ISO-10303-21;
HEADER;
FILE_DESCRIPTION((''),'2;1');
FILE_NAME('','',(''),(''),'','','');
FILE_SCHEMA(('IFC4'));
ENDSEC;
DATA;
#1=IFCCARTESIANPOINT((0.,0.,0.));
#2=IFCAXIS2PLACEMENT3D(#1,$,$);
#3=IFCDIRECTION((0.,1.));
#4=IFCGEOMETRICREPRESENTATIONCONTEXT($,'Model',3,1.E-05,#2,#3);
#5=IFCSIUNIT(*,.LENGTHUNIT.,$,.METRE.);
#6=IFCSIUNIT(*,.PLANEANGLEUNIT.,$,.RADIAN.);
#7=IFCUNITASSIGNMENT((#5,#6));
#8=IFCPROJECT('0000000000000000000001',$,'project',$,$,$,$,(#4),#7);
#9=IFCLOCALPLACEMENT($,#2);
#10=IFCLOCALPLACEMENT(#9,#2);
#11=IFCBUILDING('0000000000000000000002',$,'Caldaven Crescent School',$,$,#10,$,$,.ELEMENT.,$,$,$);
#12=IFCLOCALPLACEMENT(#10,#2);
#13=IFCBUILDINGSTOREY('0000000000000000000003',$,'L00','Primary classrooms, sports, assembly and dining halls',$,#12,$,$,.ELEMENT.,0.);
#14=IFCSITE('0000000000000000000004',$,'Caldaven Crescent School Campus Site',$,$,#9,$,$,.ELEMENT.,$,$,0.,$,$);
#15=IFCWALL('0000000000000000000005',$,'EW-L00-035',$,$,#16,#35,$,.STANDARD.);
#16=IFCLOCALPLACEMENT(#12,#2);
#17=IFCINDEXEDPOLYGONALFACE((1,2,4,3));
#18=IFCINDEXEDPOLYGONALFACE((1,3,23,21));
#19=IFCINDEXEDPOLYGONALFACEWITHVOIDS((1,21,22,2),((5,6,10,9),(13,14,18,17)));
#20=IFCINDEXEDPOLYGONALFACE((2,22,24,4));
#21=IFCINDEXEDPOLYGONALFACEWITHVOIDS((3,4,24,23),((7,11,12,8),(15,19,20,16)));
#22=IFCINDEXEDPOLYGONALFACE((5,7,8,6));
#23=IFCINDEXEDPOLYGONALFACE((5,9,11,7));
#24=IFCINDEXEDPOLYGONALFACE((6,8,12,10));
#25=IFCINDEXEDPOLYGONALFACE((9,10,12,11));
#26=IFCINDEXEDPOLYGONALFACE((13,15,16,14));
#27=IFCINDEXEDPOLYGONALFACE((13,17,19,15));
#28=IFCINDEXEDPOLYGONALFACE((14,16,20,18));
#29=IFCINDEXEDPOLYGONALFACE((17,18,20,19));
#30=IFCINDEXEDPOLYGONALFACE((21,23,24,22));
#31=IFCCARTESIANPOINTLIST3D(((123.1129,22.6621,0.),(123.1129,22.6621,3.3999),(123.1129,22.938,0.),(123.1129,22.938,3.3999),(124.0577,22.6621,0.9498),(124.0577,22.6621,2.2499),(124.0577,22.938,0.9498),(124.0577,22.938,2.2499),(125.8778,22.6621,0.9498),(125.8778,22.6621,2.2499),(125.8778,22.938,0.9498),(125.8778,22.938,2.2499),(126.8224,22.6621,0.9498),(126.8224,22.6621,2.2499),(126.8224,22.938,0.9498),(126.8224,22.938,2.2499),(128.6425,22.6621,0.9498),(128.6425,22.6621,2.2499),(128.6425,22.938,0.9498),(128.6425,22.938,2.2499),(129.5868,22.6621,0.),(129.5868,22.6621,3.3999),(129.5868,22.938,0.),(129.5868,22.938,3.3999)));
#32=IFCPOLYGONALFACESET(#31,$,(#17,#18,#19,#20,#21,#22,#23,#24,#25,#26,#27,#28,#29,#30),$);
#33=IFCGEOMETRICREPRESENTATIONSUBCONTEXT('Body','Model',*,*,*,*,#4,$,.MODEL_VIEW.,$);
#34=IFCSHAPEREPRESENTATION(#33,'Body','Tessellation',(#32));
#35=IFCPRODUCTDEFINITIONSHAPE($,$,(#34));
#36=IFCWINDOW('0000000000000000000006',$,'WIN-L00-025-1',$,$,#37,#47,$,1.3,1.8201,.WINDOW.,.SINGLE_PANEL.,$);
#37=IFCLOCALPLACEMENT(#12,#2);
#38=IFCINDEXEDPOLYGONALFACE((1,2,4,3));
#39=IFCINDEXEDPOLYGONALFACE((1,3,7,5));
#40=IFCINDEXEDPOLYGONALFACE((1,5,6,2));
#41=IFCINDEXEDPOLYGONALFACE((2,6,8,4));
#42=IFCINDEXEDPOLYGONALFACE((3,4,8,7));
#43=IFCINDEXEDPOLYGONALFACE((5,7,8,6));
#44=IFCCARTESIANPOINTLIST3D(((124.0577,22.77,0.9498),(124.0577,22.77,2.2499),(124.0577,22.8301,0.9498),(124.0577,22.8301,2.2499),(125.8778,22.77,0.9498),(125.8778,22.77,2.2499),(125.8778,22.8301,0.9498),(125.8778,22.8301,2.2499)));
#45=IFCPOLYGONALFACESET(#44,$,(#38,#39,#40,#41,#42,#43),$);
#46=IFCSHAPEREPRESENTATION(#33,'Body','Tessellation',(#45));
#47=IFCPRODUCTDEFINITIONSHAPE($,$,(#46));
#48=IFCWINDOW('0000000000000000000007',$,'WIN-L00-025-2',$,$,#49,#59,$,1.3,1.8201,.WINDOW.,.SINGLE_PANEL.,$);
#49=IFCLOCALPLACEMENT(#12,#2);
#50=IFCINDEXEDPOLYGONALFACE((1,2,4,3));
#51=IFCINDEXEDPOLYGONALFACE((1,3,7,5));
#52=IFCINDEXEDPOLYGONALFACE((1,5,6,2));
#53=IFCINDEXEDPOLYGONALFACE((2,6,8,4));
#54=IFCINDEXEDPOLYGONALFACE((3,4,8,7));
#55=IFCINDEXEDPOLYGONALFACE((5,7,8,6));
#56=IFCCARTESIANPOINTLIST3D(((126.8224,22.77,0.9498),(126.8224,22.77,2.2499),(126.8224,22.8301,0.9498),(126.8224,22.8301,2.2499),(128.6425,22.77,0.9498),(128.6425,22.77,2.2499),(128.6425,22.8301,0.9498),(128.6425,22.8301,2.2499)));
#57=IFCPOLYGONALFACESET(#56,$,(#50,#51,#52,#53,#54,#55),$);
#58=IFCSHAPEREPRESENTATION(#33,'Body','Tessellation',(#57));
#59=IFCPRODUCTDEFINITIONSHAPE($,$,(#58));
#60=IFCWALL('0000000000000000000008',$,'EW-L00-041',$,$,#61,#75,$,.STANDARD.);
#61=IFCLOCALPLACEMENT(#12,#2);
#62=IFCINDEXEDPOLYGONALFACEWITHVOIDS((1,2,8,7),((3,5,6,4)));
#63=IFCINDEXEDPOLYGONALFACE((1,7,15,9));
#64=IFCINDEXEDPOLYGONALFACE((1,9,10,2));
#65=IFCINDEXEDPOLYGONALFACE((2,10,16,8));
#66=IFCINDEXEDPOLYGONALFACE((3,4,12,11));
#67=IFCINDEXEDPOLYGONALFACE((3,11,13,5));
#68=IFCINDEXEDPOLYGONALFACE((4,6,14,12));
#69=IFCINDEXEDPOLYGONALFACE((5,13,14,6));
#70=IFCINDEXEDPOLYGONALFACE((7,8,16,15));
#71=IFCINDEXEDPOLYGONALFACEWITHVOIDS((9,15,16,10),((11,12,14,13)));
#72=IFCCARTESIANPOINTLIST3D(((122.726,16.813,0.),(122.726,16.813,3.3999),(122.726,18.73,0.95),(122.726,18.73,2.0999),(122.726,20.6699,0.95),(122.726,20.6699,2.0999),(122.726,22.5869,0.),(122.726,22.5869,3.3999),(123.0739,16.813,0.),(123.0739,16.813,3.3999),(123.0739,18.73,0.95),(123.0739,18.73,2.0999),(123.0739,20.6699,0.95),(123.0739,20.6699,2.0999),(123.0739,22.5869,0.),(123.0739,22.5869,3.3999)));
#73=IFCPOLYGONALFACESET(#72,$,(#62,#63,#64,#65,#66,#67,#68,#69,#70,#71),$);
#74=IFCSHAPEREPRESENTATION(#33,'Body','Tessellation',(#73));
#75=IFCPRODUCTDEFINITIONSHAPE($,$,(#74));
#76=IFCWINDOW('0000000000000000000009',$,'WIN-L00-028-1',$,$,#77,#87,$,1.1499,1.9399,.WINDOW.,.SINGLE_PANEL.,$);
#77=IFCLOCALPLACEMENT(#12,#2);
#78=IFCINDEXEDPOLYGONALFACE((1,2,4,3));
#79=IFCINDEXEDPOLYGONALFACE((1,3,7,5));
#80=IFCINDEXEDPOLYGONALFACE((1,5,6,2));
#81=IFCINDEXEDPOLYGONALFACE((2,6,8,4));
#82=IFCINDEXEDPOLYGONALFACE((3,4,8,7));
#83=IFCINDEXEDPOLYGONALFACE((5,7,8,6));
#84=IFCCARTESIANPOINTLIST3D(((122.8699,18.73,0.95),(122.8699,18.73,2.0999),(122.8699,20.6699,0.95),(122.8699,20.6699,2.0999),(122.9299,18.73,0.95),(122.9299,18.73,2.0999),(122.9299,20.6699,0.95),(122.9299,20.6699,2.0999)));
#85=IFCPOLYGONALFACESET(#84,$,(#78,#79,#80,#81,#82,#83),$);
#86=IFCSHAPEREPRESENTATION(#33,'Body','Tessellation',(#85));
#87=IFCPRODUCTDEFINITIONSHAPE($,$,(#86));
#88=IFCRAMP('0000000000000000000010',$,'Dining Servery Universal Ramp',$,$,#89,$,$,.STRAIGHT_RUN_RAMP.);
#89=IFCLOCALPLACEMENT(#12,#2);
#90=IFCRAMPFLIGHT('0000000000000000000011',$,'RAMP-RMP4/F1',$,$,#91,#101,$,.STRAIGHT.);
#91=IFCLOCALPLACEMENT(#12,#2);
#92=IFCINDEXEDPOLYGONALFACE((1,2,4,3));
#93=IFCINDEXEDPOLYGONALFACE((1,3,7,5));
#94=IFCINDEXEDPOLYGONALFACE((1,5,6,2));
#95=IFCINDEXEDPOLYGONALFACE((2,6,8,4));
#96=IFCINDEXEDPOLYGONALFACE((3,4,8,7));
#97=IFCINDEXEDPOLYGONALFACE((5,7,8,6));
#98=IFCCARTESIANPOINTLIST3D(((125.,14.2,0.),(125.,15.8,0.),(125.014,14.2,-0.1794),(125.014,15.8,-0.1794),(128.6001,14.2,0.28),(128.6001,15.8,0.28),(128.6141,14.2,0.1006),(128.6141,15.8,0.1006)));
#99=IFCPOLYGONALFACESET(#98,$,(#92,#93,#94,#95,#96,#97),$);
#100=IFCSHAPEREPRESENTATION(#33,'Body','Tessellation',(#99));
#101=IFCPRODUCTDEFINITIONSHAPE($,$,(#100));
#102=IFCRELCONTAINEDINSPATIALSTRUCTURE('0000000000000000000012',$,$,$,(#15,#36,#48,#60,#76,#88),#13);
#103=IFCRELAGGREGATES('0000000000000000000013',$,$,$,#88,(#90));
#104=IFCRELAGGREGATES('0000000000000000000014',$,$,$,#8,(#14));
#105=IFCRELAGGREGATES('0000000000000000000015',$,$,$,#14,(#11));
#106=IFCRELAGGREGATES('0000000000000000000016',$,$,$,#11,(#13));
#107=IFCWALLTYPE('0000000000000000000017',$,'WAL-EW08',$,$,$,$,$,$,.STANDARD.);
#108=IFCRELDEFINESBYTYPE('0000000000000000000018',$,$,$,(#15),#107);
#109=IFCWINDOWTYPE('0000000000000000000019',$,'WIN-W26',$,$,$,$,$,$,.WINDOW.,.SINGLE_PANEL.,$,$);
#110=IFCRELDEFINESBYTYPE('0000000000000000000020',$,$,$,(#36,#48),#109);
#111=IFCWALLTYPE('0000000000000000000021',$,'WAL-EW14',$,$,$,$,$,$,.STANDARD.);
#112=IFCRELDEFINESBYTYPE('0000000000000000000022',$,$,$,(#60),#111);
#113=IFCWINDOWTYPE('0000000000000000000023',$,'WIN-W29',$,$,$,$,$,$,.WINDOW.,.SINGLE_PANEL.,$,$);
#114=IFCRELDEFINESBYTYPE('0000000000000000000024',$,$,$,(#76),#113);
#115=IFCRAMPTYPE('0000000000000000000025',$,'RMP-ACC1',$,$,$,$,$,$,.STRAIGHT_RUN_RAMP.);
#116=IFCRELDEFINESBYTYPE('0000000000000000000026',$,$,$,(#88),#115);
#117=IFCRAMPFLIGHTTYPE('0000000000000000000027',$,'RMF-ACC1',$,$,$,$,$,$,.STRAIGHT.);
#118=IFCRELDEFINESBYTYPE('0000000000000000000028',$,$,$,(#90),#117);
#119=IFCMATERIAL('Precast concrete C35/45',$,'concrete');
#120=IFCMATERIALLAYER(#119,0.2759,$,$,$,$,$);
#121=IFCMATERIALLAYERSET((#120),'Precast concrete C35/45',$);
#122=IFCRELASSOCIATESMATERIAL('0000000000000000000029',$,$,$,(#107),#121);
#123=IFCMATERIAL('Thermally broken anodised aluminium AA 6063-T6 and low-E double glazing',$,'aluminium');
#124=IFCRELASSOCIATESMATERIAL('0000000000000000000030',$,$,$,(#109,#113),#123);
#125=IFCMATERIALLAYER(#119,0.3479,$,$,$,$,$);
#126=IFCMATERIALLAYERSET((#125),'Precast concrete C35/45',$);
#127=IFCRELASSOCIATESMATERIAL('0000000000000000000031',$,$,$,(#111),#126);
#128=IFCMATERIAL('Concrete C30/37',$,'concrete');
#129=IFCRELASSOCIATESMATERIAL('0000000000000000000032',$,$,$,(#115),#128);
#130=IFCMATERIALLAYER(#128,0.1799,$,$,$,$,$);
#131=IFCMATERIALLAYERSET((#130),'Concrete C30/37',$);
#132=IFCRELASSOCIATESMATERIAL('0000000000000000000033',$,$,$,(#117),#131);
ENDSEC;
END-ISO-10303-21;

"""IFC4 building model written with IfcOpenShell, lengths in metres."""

from ifc_helpers import new_model, si_unit, direction, frame, frame_2d, origin, place, context, subcontext, project, spatial, polyline, rectangle, outline, extrude, material, layer, layer_set, type_object, element, fill, aggregate, save


model = new_model("IFC4")

# Units and contexts
model_context = context("Model", 3, precision=1e-05, world=origin(), true_north=direction((0.0, 1.0)))
body_context = subcontext(model_context, "Body", "Model", "MODEL_VIEW")
ifc_project = project(units=[si_unit("LENGTHUNIT", "METRE"), si_unit("PLANEANGLEUNIT", "RADIAN")], contexts=[model_context])

# Site, building, storey
site_placement = place(None, origin())
site = spatial("IfcSite", under=ifc_project, at=site_placement, Name="Caldaven Crescent School Campus Site", CompositionType="ELEMENT", RefElevation=0.0)
building_placement = place(site_placement, origin())
building = spatial("IfcBuilding", under=site, at=building_placement, Name="Caldaven Crescent School", CompositionType="ELEMENT")
storey_placement = place(building_placement, origin())
storey = spatial("IfcBuildingStorey", under=building, at=storey_placement, Name="L00", Description="Primary classrooms, sports, assembly and dining halls", CompositionType="ELEMENT", Elevation=0.0)

# Shared definitions
ifc_material_1 = material(Name="Concrete C30/37", Category="concrete")

# Shared definitions
ifc_material_2 = material(Name="Precast concrete C35/45", Category="concrete")

# Wall, openings, windows
ifc_layer_1 = layer(ifc_material_2, 0.2759)
ifc_layer_set_1 = layer_set([ifc_layer_1], Name="Precast concrete C35/45")
wall_type_1 = type_object("IfcWallType", Name="WAL-EW08", PredefinedType="STANDARD", material=ifc_layer_set_1)
wall_1_placement = place(storey_placement, frame((123.113, 22.8, 0.0), z_axis=(0.0, 0.0, 1.0), x_axis=(1.0, 0.0, 0.0)))
wall_1 = element("IfcWall", 1, at=wall_1_placement, inside=storey, type_object=wall_type_1, Name="EW-L00-035", PredefinedType="STANDARD", context=body_context, shape_type="SweptSolid", body=[
    extrude(rectangle(XDim=6.4739, YDim=0.2759, at=frame_2d((3.2368, 0.0))), origin(), (0.0, 0.0, 1.0), 3.3999),
])
opening_1_placement = place(wall_1_placement, frame((0.9446, 0.0, 0.95)))
opening_1 = element("IfcOpeningElement", 2, at=opening_1_placement, cuts=wall_1, PredefinedType="OPENING", context=body_context, shape_type="SweptSolid", body=[
    extrude(rectangle(XDim=1.8201, YDim=1.3, at=frame_2d((0.9102, 0.6499))), frame((0.0, 0.1479, 0.0), z_axis=(0.0, -1.0, 0.0), x_axis=(1.0, 0.0, 0.0)), (0.0, 0.0, 1.0), 0.2959),
])
opening_2_placement = place(wall_1_placement, frame((3.7092, 0.0, 0.95)))
opening_2 = element("IfcOpeningElement", 3, at=opening_2_placement, cuts=wall_1, PredefinedType="OPENING", context=body_context, shape_type="SweptSolid", body=[
    extrude(rectangle(XDim=1.8201, YDim=1.3, at=frame_2d((0.9102, 0.6499))), frame((0.0, 0.1479, 0.0), z_axis=(0.0, -1.0, 0.0), x_axis=(1.0, 0.0, 0.0)), (0.0, 0.0, 1.0), 0.2959),
])
ifc_material_3 = material(Name="Thermally broken anodised aluminium AA 6063-T6 and low-E double glazing", Category="aluminium")
window_type_1 = type_object("IfcWindowType", Name="WIN-W26", PartitioningType="SINGLE_PANEL", PredefinedType="WINDOW", material=ifc_material_3)
window_1_placement = place(opening_1_placement, origin())
window_1 = element("IfcWindow", 4, at=window_1_placement, inside=storey, type_object=window_type_1, Name="WIN-L00-025-1", OverallHeight=1.3, OverallWidth=1.8201, PartitioningType="SINGLE_PANEL", PredefinedType="WINDOW", context=body_context, shape_type="SweptSolid", body=[
    extrude(rectangle(XDim=1.8201, YDim=1.3, at=frame_2d((0.9102, 0.6499))), frame((0.0, 0.03, 0.0), z_axis=(0.0, -1.0, 0.0), x_axis=(1.0, 0.0, 0.0)), (0.0, 0.0, 1.0), 0.0601),
])
fill(opening_1, window_1)
window_2_placement = place(opening_2_placement, origin())
window_2 = element("IfcWindow", 5, at=window_2_placement, inside=storey, type_object=window_type_1, Name="WIN-L00-025-2", OverallHeight=1.3, OverallWidth=1.8201, PartitioningType="SINGLE_PANEL", PredefinedType="WINDOW", context=body_context, shape_type="SweptSolid", body=[
    extrude(rectangle(XDim=1.8201, YDim=1.3, at=frame_2d((0.9102, 0.6499))), frame((0.0, 0.03, 0.0), z_axis=(0.0, -1.0, 0.0), x_axis=(1.0, 0.0, 0.0)), (0.0, 0.0, 1.0), 0.0601),
])
fill(opening_2, window_2)

# Wall, opening, window
ifc_layer_2 = layer(ifc_material_2, 0.3479)
ifc_layer_set_2 = layer_set([ifc_layer_2], Name="Precast concrete C35/45")
wall_type_2 = type_object("IfcWallType", Name="WAL-EW14", PredefinedType="STANDARD", material=ifc_layer_set_2)
wall_2_placement = place(storey_placement, frame((122.8999, 16.813, 0.0), z_axis=(0.0, 0.0, 1.0), x_axis=(0.0, 1.0, 0.0)))
wall_2 = element("IfcWall", 6, at=wall_2_placement, inside=storey, type_object=wall_type_2, Name="EW-L00-041", PredefinedType="STANDARD", context=body_context, shape_type="SweptSolid", body=[
    extrude(rectangle(XDim=5.7739, YDim=0.3479, at=frame_2d((2.887, 0.0))), origin(), (0.0, 0.0, 1.0), 3.3999),
])
opening_3_placement = place(wall_2_placement, frame((1.917, 0.0, 0.95)))
opening_3 = element("IfcOpeningElement", 7, at=opening_3_placement, cuts=wall_2, PredefinedType="OPENING", context=body_context, shape_type="SweptSolid", body=[
    extrude(rectangle(XDim=1.9399, YDim=1.1499, at=frame_2d((0.97, 0.575))), frame((0.0, 0.1838, 0.0), z_axis=(0.0, -1.0, 0.0), x_axis=(1.0, 0.0, 0.0)), (0.0, 0.0, 1.0), 0.3679),
])
window_type_2 = type_object("IfcWindowType", Name="WIN-W29", PartitioningType="SINGLE_PANEL", PredefinedType="WINDOW", material=ifc_material_3)
window_3_placement = place(opening_3_placement, origin())
window_3 = element("IfcWindow", 8, at=window_3_placement, inside=storey, type_object=window_type_2, Name="WIN-L00-028-1", OverallHeight=1.1499, OverallWidth=1.9399, PartitioningType="SINGLE_PANEL", PredefinedType="WINDOW", context=body_context, shape_type="SweptSolid", body=[
    extrude(rectangle(XDim=1.9399, YDim=1.1499, at=frame_2d((0.97, 0.575))), frame((0.0, 0.03, 0.0), z_axis=(0.0, -1.0, 0.0), x_axis=(1.0, 0.0, 0.0)), (0.0, 0.0, 1.0), 0.0601),
])
fill(opening_3, window_3)

# Ramp, ramp flight
ramp_type = type_object("IfcRampType", Name="RMP-ACC1", PredefinedType="STRAIGHT_RUN_RAMP", material=ifc_material_1)
ramp_placement = place(storey_placement, origin())
ramp = element("IfcRamp", 9, at=ramp_placement, inside=storey, type_object=ramp_type, Name="Dining Servery Universal Ramp", PredefinedType="STRAIGHT_RUN_RAMP")
ifc_layer_3 = layer(ifc_material_1, 0.1799)
ifc_layer_set_3 = layer_set([ifc_layer_3], Name="Concrete C30/37")
ramp_flight_type = type_object("IfcRampFlightType", Name="RMF-ACC1", PredefinedType="STRAIGHT", material=ifc_layer_set_3)
ramp_flight_placement = place(storey_placement, frame((125.0, 14.2, 0.0), z_axis=(-0.07755, 0.0, 0.996988), x_axis=(0.996988, 0.0, 0.07755)))
ramp_flight = element("IfcRampFlight", 10, at=ramp_flight_placement, type_object=ramp_flight_type, Name="RAMP-RMP4/F1", PredefinedType="STRAIGHT", context=body_context, shape_type="SweptSolid", body=[
    extrude(outline(polyline([(0.0, 0.0), (3.611, 0.0), (3.611, 1.6001), (0.0, 1.6001), (0.0, 0.0)])), origin(), (0.0, 0.0, -1.0), 0.1799),
])
aggregate(ramp, [ramp_flight])

save(model, "model.ifc")
